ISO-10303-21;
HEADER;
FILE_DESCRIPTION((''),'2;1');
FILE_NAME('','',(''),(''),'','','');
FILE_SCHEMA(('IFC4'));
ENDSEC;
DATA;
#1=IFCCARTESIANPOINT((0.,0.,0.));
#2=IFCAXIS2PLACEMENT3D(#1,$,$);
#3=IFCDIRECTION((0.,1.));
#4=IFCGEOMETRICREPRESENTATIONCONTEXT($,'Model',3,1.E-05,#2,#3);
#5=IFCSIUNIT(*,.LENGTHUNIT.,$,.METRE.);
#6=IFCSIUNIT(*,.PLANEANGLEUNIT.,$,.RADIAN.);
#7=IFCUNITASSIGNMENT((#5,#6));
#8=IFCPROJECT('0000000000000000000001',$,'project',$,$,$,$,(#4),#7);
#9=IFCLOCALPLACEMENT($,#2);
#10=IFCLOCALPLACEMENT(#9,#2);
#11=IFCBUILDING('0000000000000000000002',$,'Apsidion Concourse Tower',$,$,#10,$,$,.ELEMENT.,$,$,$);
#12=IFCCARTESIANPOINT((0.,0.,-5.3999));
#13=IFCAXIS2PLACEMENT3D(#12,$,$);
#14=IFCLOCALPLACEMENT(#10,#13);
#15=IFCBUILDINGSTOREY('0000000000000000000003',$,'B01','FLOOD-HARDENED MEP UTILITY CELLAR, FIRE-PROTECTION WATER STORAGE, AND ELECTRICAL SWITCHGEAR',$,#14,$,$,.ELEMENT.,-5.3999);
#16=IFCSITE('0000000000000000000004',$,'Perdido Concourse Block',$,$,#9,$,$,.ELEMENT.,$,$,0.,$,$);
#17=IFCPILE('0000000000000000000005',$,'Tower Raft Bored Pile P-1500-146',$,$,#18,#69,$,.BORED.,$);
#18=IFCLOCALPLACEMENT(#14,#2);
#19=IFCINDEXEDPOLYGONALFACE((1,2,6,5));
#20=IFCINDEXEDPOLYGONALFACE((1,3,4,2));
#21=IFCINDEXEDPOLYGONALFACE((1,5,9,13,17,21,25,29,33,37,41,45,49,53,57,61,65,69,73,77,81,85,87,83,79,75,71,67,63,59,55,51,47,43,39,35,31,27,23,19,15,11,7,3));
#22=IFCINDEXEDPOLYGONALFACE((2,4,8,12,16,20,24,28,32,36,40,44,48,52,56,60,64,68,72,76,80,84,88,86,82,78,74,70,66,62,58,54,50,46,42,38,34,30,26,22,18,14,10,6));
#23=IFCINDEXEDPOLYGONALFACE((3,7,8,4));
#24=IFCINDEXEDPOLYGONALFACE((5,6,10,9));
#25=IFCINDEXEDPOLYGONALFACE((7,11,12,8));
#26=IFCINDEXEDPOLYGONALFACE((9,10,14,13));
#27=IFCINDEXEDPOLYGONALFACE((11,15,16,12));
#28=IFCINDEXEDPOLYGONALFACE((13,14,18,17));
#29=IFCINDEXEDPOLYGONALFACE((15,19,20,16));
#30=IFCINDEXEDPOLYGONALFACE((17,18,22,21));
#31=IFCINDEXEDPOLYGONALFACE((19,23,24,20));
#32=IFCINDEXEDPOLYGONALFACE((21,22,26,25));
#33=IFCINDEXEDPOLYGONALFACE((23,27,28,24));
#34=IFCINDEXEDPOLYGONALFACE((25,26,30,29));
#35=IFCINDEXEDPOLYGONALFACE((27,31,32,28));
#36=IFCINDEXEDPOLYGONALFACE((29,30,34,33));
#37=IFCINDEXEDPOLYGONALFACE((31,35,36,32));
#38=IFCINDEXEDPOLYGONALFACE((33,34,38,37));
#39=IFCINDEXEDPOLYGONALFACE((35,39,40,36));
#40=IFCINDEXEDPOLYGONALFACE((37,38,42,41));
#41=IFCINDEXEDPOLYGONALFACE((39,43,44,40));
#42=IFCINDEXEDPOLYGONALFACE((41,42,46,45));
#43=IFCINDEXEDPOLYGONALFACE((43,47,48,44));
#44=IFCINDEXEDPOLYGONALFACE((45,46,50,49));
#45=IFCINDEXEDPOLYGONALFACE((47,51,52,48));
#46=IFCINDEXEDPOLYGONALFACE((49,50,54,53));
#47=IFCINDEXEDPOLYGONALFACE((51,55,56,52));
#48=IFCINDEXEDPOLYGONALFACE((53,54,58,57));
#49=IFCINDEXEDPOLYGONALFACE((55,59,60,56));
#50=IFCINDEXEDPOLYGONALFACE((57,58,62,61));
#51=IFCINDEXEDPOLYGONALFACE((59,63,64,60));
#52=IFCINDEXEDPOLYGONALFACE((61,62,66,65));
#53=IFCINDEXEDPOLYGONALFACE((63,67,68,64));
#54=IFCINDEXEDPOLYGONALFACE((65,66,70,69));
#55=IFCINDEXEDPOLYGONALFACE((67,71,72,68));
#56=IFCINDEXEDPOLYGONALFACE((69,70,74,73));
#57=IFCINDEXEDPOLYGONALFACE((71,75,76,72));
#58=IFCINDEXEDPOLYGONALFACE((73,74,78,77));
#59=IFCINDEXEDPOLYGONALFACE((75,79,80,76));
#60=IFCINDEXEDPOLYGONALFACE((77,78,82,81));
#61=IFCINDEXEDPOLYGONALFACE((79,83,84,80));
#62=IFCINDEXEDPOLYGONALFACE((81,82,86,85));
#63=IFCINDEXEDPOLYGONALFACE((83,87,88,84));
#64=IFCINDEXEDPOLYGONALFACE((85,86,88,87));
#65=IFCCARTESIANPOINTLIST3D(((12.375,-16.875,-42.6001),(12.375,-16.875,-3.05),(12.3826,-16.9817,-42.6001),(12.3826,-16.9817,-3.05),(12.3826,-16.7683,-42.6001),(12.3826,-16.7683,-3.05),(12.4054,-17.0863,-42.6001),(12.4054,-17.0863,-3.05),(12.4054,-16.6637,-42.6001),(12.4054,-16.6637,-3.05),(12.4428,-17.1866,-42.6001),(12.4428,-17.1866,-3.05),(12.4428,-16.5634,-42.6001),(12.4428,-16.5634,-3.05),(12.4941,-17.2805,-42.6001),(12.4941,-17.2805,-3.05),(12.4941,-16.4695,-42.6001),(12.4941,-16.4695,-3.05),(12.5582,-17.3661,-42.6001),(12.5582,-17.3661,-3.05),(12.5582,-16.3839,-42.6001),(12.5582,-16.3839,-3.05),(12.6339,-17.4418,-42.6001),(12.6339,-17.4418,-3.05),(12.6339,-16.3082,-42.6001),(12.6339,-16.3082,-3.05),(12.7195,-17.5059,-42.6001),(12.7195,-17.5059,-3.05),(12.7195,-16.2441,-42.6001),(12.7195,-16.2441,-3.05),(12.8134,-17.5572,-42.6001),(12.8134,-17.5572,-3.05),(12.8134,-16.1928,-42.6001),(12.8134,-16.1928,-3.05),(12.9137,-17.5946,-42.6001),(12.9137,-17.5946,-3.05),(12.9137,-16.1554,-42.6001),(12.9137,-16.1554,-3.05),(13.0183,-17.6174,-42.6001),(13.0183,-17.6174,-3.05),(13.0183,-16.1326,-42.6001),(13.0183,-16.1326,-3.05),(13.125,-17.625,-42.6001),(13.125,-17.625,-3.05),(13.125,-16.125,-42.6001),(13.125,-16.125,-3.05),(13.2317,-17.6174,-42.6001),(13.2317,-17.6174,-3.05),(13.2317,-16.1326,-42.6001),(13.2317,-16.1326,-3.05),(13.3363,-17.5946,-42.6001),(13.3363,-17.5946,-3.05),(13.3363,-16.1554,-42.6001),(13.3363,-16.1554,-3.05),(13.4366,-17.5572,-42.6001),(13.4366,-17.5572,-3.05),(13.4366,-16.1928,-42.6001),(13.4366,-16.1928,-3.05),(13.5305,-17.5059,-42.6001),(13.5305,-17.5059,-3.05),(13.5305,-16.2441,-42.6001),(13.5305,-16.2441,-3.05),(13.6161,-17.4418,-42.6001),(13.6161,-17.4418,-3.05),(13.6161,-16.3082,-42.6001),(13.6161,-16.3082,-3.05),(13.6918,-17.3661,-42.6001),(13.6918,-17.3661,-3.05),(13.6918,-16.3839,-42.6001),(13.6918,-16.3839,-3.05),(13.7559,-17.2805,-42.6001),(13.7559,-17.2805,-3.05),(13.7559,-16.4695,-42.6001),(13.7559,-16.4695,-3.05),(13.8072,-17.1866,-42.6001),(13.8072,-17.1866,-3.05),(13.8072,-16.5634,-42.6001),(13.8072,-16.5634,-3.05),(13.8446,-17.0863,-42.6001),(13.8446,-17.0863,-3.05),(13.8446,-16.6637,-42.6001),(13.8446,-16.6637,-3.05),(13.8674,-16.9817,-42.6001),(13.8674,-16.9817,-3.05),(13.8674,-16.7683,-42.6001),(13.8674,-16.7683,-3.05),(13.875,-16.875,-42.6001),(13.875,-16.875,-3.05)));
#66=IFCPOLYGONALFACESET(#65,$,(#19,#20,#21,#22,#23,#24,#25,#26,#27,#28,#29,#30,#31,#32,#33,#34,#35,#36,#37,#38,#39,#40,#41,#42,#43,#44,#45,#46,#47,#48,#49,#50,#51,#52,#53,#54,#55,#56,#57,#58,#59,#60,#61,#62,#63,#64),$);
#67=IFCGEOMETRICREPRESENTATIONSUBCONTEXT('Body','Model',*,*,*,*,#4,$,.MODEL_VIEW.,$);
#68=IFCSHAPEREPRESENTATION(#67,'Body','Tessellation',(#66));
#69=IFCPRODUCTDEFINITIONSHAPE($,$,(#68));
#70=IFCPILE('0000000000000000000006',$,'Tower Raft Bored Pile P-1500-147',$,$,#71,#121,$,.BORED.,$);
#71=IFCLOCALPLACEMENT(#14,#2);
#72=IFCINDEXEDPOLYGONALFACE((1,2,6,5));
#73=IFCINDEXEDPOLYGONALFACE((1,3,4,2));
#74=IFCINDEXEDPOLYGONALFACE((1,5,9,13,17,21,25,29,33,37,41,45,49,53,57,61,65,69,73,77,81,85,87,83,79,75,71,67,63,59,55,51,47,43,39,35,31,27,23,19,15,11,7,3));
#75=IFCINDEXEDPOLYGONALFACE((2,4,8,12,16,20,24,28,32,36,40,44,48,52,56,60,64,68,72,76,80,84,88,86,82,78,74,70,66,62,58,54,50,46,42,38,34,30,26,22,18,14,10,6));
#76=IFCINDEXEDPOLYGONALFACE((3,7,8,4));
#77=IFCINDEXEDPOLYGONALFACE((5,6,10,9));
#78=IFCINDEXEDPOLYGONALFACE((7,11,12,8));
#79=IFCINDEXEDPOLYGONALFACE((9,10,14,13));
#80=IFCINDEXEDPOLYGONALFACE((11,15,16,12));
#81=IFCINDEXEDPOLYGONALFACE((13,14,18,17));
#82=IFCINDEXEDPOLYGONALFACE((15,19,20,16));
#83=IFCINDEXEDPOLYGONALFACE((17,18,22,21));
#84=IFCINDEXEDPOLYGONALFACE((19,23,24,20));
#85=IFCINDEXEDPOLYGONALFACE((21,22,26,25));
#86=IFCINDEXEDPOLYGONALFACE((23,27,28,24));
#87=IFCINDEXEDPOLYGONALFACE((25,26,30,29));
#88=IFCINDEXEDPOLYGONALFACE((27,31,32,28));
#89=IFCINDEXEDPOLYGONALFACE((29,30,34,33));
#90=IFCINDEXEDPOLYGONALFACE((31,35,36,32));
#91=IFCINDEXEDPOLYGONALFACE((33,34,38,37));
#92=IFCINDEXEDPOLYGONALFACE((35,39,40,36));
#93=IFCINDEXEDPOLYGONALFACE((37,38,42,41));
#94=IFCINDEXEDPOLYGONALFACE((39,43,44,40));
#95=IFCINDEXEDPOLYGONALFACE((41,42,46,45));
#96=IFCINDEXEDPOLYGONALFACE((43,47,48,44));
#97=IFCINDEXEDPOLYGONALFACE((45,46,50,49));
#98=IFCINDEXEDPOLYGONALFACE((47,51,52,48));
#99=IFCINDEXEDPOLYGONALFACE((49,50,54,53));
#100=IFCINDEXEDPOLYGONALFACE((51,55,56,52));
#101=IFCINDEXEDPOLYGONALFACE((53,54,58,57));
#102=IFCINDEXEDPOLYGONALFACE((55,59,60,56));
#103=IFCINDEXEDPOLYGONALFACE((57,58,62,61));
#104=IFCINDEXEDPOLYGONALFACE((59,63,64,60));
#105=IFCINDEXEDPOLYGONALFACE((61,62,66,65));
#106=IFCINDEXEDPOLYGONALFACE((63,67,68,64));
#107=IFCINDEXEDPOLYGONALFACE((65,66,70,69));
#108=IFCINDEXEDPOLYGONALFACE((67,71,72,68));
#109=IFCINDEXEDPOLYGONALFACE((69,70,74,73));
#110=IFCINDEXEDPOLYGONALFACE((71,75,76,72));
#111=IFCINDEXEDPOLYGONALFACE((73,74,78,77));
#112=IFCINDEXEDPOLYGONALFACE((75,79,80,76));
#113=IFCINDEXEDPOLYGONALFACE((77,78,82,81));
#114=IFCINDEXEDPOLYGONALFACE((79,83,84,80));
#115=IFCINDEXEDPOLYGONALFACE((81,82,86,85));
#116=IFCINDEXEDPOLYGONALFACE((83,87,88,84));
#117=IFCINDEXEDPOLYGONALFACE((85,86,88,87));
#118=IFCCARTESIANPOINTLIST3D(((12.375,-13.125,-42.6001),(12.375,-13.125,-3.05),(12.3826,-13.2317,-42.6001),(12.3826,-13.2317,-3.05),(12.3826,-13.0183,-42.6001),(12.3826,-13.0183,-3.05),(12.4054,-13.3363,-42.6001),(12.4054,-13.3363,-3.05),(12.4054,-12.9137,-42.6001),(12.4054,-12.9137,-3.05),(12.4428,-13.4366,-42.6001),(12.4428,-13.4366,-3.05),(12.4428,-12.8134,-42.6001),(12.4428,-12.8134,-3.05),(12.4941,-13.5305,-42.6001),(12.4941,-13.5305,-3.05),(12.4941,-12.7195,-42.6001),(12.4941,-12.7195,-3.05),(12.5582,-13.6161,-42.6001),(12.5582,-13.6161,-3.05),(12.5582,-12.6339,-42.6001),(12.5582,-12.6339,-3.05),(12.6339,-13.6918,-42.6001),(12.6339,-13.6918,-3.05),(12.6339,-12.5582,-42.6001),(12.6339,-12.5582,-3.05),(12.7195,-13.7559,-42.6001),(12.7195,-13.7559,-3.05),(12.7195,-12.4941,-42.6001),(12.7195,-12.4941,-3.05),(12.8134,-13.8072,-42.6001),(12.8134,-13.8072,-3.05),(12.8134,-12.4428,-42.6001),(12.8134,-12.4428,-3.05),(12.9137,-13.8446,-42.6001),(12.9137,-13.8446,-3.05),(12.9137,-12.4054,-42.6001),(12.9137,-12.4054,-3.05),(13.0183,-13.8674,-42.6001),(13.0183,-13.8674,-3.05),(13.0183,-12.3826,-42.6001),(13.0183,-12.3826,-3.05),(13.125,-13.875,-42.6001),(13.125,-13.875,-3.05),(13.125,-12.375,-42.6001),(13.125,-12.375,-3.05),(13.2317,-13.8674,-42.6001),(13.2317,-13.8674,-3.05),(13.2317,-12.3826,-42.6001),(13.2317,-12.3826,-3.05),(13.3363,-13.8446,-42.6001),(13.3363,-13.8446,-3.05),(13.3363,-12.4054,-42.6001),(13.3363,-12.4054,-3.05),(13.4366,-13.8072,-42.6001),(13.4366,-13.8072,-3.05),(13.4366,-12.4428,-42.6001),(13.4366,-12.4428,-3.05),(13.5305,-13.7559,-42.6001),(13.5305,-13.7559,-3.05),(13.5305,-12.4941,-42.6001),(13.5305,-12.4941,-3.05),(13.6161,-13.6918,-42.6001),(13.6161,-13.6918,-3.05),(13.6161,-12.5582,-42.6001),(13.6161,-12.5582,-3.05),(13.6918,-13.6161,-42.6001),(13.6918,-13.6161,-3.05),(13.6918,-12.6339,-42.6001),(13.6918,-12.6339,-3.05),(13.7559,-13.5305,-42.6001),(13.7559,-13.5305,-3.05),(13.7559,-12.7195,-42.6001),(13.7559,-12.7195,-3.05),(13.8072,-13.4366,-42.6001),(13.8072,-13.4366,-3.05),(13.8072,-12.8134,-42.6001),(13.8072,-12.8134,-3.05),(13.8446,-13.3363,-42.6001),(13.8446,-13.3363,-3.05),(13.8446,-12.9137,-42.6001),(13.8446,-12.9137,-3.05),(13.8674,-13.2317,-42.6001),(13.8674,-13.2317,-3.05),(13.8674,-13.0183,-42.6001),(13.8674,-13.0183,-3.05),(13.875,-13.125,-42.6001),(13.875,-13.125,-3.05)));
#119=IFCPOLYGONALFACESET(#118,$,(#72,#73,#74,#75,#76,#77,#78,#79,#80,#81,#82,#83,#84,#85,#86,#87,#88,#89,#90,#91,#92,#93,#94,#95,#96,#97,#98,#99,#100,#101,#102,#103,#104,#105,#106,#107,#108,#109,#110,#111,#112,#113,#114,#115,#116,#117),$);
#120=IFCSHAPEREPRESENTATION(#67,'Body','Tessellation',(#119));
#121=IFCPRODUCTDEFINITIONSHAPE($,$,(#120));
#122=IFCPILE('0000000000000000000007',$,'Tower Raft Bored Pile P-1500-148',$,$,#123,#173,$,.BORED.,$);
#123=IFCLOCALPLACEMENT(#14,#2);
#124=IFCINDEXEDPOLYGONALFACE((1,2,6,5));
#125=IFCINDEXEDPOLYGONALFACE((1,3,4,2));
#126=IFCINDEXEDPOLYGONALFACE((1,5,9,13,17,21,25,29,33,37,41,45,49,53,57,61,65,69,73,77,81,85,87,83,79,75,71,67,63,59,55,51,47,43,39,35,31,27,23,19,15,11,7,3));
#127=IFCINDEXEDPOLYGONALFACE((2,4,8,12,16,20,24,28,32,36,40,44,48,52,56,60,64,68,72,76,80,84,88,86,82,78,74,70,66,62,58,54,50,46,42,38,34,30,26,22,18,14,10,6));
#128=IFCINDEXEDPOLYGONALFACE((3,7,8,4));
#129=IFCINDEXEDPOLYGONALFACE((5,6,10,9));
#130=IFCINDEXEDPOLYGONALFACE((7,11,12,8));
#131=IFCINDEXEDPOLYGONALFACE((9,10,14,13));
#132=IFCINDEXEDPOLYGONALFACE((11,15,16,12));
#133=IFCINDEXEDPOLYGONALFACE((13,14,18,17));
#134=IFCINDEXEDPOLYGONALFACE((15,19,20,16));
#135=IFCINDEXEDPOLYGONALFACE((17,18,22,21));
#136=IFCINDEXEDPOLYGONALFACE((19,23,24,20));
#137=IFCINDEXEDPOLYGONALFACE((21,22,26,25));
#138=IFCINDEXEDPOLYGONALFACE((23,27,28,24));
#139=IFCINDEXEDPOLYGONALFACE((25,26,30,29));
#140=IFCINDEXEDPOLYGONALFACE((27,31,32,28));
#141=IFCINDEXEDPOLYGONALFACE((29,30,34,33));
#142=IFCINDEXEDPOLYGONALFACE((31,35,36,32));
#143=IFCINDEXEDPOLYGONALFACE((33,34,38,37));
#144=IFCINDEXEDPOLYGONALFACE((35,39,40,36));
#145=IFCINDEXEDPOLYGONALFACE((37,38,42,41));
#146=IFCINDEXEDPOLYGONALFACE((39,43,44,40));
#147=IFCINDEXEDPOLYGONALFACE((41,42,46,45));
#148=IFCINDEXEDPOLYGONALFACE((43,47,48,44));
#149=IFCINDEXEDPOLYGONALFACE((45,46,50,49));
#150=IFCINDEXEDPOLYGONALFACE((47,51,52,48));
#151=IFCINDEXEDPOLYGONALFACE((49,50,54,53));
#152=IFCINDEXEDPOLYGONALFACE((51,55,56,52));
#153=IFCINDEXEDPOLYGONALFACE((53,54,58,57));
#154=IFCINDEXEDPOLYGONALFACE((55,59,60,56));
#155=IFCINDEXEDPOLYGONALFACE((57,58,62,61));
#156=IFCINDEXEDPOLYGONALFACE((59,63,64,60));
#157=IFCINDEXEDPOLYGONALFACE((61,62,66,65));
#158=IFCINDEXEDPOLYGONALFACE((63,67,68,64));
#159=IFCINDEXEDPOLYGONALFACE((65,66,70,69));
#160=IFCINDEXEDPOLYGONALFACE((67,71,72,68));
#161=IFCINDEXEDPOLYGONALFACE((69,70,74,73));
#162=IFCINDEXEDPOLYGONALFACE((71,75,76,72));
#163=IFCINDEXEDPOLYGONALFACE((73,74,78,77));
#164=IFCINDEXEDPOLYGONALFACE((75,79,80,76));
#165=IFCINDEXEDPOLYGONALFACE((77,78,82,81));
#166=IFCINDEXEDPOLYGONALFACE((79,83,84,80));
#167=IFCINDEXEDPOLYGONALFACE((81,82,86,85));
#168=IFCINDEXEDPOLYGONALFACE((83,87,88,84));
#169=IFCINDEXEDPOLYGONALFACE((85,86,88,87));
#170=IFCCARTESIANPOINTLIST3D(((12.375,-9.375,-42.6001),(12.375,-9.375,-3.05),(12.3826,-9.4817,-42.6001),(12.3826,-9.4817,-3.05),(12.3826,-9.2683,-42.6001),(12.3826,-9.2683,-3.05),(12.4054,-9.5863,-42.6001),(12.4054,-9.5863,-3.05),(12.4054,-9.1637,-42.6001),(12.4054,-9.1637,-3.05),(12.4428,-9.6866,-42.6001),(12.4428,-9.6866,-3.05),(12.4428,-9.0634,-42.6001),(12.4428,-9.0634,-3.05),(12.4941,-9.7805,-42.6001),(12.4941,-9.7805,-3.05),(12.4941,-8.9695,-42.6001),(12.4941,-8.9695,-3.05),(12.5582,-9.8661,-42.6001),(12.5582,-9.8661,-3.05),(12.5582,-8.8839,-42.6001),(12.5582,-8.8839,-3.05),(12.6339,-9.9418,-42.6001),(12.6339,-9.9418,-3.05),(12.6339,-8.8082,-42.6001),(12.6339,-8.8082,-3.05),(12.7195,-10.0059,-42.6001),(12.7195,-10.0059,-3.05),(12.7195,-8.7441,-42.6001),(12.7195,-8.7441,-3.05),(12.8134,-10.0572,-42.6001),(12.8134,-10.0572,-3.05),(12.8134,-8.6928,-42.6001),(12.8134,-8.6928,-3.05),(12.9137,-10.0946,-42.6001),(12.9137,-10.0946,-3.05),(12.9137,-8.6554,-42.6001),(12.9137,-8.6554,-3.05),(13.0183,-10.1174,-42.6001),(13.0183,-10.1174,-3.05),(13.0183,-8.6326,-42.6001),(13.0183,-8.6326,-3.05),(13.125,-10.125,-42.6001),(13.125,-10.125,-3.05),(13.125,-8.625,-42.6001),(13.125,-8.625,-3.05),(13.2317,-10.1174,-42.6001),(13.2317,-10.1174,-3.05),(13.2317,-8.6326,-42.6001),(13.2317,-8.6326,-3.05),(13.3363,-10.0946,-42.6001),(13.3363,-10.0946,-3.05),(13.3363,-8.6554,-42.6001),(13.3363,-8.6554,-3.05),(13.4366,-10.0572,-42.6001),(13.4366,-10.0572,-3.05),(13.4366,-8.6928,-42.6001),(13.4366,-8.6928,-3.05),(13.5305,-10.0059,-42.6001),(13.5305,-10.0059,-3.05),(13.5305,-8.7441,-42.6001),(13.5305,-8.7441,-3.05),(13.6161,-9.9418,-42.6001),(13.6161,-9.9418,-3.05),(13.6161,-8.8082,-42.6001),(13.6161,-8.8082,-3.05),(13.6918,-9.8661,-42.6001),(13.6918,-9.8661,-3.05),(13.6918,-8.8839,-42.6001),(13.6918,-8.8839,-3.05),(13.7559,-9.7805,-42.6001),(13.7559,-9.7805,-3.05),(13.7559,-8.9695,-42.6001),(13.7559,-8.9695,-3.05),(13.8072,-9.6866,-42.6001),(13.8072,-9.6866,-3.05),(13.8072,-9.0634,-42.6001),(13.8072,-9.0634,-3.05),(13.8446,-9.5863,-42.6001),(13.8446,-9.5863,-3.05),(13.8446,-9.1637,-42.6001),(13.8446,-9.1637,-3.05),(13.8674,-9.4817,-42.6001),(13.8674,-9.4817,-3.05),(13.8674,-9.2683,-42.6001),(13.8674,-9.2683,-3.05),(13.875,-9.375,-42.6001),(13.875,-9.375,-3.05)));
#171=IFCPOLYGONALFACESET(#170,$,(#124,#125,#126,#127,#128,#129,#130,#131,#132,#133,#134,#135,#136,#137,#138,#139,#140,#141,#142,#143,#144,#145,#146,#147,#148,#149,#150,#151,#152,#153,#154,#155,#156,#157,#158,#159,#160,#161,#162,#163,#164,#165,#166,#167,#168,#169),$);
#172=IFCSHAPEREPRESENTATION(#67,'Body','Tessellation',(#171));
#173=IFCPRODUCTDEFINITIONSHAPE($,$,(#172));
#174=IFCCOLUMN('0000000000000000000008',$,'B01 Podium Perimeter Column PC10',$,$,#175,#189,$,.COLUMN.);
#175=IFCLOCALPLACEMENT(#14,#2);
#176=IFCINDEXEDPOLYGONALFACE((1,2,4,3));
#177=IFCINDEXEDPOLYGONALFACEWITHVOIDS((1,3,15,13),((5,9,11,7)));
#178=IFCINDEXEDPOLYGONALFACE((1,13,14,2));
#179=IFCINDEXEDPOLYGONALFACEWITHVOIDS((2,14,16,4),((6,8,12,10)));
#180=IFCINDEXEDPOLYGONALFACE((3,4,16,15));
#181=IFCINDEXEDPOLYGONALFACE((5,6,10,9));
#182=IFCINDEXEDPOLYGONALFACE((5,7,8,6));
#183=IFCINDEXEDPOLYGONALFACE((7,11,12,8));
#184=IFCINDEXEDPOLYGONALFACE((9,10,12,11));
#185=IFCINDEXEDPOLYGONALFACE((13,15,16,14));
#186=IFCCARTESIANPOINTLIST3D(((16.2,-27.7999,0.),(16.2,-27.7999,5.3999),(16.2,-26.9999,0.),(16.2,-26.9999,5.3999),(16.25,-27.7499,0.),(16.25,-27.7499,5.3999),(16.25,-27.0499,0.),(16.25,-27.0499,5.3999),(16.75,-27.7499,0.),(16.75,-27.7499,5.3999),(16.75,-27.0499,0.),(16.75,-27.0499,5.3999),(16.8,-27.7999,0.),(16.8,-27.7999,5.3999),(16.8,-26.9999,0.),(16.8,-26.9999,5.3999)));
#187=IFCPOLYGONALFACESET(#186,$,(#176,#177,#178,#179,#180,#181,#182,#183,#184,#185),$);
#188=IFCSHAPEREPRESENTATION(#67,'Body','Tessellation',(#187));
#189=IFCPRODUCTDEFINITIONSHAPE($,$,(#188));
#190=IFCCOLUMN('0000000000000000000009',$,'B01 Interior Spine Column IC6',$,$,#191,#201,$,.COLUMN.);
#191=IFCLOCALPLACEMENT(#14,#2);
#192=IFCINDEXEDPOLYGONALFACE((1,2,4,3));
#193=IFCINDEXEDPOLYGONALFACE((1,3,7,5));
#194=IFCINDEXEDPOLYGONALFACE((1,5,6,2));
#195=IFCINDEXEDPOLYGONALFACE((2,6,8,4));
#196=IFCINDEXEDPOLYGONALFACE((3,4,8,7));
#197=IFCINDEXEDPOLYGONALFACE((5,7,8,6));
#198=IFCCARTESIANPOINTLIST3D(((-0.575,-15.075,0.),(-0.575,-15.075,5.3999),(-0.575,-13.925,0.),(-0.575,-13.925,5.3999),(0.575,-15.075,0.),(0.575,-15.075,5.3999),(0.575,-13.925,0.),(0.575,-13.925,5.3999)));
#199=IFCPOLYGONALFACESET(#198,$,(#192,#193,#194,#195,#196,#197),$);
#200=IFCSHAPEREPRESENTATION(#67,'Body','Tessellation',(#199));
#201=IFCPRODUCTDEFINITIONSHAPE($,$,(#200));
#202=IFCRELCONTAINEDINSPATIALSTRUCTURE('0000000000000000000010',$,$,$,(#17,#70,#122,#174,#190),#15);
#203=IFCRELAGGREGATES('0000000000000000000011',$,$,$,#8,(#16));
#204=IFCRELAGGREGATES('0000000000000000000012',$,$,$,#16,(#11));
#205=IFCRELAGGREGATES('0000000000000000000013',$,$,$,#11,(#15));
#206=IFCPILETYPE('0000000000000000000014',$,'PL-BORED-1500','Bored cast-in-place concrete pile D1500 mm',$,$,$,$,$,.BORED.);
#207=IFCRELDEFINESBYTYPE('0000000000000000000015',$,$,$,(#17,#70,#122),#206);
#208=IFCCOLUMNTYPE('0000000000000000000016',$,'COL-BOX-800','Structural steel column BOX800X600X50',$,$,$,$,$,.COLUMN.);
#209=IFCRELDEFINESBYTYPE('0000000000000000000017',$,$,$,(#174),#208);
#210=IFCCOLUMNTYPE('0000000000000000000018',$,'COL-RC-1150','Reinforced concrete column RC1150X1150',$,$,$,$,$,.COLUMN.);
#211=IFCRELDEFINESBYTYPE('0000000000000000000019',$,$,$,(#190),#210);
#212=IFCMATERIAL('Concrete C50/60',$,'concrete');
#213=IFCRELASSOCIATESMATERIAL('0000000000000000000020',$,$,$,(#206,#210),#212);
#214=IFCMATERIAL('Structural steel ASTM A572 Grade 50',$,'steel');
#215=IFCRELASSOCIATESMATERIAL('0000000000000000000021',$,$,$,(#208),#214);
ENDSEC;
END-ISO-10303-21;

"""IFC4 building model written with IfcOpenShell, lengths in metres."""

from ifc_helpers import new_model, si_unit, direction, frame, origin, origin_2d, place, context, subcontext, project, spatial, rectangle, hollow_rectangle, circle, extrude, material, material_profile, profile_set, type_object, element, save


model = new_model("IFC4")

# Units and contexts
model_context = context("Model", 3, precision=1e-05, world=origin(), true_north=direction((0.0, 1.0)))
body_context = subcontext(model_context, "Body", "Model", "MODEL_VIEW")
ifc_project = project(units=[si_unit("LENGTHUNIT", "METRE"), si_unit("PLANEANGLEUNIT", "RADIAN")], contexts=[model_context])

# Site, building, storey
site_placement = place(None, origin())
site = spatial("IfcSite", under=ifc_project, at=site_placement, Name="Perdido Concourse Block", CompositionType="ELEMENT", RefElevation=0.0)
building_placement = place(site_placement, origin())
building = spatial("IfcBuilding", under=site, at=building_placement, Name="Apsidion Concourse Tower", CompositionType="ELEMENT")
storey_placement = place(building_placement, frame((0.0, 0.0, -5.3999)))
storey = spatial("IfcBuildingStorey", under=building, at=storey_placement, Name="B01", Description="FLOOD-HARDENED MEP UTILITY CELLAR, FIRE-PROTECTION WATER STORAGE, AND ELECTRICAL SWITCHGEAR", CompositionType="ELEMENT", Elevation=-5.3999)

# Shared definitions
ifc_material_1 = material(Name="Concrete C50/60", Category="concrete")

# Piles
ifc_material_profile_1 = material_profile(ifc_material_1, circle(Radius=0.75, at=origin_2d()), Name="BORED PILE D1500")
ifc_profile_set_1 = profile_set([ifc_material_profile_1], Name="Concrete C50/60")
pile_type_1 = type_object("IfcPileType", Name="PL-BORED-1500", Description="Bored cast-in-place concrete pile D1500 mm", PredefinedType="BORED", material=ifc_profile_set_1)
for number, where, z_axis, x_axis, name in (
    (1, (13.125, -16.875, -3.05), (0.0, 0.0, -1.0), (1.0, 0.0, 0.0), "Tower Raft Bored Pile P-1500-146"),
    (2, (13.125, -13.125, -3.05), (0.0, 0.0, -1.0), (1.0, 0.0, 0.0), "Tower Raft Bored Pile P-1500-147"),
    (3, (13.125, -9.375, -3.05), (0.0, 0.0, -1.0), (1.0, 0.0, 0.0), "Tower Raft Bored Pile P-1500-148"),
):
    element("IfcPile", number, at=place(storey_placement, frame(where, z_axis=z_axis, x_axis=x_axis)), inside=storey, type_object=pile_type_1, Name=name, PredefinedType="BORED", context=body_context, shape_type="SweptSolid", body=[
        extrude(circle(Radius=0.75, at=origin_2d()), origin(), (0.0, 0.0, 1.0), 39.55),
    ])

# Columns
ifc_material_2 = material(Name="Structural steel ASTM A572 Grade 50", Category="steel")
ifc_material_profile_2 = material_profile(ifc_material_2, hollow_rectangle(XDim=0.6001, YDim=0.8, WallThickness=0.05, at=origin_2d()), Name="BOX800X600X50")
ifc_profile_set_2 = profile_set([ifc_material_profile_2], Name="Structural steel ASTM A572 Grade 50")
column_type_1 = type_object("IfcColumnType", Name="COL-BOX-800", Description="Structural steel column BOX800X600X50", PredefinedType="COLUMN", material=ifc_profile_set_2)
column_1_placement = place(storey_placement, frame((16.5, -27.3999, 0.0), z_axis=(0.0, 0.0, 1.0), x_axis=(1.0, 0.0, 0.0)))
element("IfcColumn", 4, at=column_1_placement, inside=storey, type_object=column_type_1, Name="B01 Podium Perimeter Column PC10", PredefinedType="COLUMN", context=body_context, shape_type="SweptSolid", body=[
    extrude(hollow_rectangle(XDim=0.6001, YDim=0.8, WallThickness=0.05, at=origin_2d()), origin(), (0.0, 0.0, 1.0), 5.3999),
])
ifc_material_profile_3 = material_profile(ifc_material_1, rectangle(XDim=1.1499, YDim=1.1499, at=origin_2d()), Name="RC 1150x1150")
ifc_profile_set_3 = profile_set([ifc_material_profile_3], Name="Concrete C50/60")
column_type_2 = type_object("IfcColumnType", Name="COL-RC-1150", Description="Reinforced concrete column RC1150X1150", PredefinedType="COLUMN", material=ifc_profile_set_3)
column_2_placement = place(storey_placement, frame((0.0, -14.5, 0.0), z_axis=(0.0, 0.0, 1.0), x_axis=(1.0, 0.0, 0.0)))
element("IfcColumn", 5, at=column_2_placement, inside=storey, type_object=column_type_2, Name="B01 Interior Spine Column IC6", PredefinedType="COLUMN", context=body_context, shape_type="SweptSolid", body=[
    extrude(rectangle(XDim=1.1499, YDim=1.1499, at=origin_2d()), origin(), (0.0, 0.0, 1.0), 5.3999),
])

save(model, "model.ifc")
